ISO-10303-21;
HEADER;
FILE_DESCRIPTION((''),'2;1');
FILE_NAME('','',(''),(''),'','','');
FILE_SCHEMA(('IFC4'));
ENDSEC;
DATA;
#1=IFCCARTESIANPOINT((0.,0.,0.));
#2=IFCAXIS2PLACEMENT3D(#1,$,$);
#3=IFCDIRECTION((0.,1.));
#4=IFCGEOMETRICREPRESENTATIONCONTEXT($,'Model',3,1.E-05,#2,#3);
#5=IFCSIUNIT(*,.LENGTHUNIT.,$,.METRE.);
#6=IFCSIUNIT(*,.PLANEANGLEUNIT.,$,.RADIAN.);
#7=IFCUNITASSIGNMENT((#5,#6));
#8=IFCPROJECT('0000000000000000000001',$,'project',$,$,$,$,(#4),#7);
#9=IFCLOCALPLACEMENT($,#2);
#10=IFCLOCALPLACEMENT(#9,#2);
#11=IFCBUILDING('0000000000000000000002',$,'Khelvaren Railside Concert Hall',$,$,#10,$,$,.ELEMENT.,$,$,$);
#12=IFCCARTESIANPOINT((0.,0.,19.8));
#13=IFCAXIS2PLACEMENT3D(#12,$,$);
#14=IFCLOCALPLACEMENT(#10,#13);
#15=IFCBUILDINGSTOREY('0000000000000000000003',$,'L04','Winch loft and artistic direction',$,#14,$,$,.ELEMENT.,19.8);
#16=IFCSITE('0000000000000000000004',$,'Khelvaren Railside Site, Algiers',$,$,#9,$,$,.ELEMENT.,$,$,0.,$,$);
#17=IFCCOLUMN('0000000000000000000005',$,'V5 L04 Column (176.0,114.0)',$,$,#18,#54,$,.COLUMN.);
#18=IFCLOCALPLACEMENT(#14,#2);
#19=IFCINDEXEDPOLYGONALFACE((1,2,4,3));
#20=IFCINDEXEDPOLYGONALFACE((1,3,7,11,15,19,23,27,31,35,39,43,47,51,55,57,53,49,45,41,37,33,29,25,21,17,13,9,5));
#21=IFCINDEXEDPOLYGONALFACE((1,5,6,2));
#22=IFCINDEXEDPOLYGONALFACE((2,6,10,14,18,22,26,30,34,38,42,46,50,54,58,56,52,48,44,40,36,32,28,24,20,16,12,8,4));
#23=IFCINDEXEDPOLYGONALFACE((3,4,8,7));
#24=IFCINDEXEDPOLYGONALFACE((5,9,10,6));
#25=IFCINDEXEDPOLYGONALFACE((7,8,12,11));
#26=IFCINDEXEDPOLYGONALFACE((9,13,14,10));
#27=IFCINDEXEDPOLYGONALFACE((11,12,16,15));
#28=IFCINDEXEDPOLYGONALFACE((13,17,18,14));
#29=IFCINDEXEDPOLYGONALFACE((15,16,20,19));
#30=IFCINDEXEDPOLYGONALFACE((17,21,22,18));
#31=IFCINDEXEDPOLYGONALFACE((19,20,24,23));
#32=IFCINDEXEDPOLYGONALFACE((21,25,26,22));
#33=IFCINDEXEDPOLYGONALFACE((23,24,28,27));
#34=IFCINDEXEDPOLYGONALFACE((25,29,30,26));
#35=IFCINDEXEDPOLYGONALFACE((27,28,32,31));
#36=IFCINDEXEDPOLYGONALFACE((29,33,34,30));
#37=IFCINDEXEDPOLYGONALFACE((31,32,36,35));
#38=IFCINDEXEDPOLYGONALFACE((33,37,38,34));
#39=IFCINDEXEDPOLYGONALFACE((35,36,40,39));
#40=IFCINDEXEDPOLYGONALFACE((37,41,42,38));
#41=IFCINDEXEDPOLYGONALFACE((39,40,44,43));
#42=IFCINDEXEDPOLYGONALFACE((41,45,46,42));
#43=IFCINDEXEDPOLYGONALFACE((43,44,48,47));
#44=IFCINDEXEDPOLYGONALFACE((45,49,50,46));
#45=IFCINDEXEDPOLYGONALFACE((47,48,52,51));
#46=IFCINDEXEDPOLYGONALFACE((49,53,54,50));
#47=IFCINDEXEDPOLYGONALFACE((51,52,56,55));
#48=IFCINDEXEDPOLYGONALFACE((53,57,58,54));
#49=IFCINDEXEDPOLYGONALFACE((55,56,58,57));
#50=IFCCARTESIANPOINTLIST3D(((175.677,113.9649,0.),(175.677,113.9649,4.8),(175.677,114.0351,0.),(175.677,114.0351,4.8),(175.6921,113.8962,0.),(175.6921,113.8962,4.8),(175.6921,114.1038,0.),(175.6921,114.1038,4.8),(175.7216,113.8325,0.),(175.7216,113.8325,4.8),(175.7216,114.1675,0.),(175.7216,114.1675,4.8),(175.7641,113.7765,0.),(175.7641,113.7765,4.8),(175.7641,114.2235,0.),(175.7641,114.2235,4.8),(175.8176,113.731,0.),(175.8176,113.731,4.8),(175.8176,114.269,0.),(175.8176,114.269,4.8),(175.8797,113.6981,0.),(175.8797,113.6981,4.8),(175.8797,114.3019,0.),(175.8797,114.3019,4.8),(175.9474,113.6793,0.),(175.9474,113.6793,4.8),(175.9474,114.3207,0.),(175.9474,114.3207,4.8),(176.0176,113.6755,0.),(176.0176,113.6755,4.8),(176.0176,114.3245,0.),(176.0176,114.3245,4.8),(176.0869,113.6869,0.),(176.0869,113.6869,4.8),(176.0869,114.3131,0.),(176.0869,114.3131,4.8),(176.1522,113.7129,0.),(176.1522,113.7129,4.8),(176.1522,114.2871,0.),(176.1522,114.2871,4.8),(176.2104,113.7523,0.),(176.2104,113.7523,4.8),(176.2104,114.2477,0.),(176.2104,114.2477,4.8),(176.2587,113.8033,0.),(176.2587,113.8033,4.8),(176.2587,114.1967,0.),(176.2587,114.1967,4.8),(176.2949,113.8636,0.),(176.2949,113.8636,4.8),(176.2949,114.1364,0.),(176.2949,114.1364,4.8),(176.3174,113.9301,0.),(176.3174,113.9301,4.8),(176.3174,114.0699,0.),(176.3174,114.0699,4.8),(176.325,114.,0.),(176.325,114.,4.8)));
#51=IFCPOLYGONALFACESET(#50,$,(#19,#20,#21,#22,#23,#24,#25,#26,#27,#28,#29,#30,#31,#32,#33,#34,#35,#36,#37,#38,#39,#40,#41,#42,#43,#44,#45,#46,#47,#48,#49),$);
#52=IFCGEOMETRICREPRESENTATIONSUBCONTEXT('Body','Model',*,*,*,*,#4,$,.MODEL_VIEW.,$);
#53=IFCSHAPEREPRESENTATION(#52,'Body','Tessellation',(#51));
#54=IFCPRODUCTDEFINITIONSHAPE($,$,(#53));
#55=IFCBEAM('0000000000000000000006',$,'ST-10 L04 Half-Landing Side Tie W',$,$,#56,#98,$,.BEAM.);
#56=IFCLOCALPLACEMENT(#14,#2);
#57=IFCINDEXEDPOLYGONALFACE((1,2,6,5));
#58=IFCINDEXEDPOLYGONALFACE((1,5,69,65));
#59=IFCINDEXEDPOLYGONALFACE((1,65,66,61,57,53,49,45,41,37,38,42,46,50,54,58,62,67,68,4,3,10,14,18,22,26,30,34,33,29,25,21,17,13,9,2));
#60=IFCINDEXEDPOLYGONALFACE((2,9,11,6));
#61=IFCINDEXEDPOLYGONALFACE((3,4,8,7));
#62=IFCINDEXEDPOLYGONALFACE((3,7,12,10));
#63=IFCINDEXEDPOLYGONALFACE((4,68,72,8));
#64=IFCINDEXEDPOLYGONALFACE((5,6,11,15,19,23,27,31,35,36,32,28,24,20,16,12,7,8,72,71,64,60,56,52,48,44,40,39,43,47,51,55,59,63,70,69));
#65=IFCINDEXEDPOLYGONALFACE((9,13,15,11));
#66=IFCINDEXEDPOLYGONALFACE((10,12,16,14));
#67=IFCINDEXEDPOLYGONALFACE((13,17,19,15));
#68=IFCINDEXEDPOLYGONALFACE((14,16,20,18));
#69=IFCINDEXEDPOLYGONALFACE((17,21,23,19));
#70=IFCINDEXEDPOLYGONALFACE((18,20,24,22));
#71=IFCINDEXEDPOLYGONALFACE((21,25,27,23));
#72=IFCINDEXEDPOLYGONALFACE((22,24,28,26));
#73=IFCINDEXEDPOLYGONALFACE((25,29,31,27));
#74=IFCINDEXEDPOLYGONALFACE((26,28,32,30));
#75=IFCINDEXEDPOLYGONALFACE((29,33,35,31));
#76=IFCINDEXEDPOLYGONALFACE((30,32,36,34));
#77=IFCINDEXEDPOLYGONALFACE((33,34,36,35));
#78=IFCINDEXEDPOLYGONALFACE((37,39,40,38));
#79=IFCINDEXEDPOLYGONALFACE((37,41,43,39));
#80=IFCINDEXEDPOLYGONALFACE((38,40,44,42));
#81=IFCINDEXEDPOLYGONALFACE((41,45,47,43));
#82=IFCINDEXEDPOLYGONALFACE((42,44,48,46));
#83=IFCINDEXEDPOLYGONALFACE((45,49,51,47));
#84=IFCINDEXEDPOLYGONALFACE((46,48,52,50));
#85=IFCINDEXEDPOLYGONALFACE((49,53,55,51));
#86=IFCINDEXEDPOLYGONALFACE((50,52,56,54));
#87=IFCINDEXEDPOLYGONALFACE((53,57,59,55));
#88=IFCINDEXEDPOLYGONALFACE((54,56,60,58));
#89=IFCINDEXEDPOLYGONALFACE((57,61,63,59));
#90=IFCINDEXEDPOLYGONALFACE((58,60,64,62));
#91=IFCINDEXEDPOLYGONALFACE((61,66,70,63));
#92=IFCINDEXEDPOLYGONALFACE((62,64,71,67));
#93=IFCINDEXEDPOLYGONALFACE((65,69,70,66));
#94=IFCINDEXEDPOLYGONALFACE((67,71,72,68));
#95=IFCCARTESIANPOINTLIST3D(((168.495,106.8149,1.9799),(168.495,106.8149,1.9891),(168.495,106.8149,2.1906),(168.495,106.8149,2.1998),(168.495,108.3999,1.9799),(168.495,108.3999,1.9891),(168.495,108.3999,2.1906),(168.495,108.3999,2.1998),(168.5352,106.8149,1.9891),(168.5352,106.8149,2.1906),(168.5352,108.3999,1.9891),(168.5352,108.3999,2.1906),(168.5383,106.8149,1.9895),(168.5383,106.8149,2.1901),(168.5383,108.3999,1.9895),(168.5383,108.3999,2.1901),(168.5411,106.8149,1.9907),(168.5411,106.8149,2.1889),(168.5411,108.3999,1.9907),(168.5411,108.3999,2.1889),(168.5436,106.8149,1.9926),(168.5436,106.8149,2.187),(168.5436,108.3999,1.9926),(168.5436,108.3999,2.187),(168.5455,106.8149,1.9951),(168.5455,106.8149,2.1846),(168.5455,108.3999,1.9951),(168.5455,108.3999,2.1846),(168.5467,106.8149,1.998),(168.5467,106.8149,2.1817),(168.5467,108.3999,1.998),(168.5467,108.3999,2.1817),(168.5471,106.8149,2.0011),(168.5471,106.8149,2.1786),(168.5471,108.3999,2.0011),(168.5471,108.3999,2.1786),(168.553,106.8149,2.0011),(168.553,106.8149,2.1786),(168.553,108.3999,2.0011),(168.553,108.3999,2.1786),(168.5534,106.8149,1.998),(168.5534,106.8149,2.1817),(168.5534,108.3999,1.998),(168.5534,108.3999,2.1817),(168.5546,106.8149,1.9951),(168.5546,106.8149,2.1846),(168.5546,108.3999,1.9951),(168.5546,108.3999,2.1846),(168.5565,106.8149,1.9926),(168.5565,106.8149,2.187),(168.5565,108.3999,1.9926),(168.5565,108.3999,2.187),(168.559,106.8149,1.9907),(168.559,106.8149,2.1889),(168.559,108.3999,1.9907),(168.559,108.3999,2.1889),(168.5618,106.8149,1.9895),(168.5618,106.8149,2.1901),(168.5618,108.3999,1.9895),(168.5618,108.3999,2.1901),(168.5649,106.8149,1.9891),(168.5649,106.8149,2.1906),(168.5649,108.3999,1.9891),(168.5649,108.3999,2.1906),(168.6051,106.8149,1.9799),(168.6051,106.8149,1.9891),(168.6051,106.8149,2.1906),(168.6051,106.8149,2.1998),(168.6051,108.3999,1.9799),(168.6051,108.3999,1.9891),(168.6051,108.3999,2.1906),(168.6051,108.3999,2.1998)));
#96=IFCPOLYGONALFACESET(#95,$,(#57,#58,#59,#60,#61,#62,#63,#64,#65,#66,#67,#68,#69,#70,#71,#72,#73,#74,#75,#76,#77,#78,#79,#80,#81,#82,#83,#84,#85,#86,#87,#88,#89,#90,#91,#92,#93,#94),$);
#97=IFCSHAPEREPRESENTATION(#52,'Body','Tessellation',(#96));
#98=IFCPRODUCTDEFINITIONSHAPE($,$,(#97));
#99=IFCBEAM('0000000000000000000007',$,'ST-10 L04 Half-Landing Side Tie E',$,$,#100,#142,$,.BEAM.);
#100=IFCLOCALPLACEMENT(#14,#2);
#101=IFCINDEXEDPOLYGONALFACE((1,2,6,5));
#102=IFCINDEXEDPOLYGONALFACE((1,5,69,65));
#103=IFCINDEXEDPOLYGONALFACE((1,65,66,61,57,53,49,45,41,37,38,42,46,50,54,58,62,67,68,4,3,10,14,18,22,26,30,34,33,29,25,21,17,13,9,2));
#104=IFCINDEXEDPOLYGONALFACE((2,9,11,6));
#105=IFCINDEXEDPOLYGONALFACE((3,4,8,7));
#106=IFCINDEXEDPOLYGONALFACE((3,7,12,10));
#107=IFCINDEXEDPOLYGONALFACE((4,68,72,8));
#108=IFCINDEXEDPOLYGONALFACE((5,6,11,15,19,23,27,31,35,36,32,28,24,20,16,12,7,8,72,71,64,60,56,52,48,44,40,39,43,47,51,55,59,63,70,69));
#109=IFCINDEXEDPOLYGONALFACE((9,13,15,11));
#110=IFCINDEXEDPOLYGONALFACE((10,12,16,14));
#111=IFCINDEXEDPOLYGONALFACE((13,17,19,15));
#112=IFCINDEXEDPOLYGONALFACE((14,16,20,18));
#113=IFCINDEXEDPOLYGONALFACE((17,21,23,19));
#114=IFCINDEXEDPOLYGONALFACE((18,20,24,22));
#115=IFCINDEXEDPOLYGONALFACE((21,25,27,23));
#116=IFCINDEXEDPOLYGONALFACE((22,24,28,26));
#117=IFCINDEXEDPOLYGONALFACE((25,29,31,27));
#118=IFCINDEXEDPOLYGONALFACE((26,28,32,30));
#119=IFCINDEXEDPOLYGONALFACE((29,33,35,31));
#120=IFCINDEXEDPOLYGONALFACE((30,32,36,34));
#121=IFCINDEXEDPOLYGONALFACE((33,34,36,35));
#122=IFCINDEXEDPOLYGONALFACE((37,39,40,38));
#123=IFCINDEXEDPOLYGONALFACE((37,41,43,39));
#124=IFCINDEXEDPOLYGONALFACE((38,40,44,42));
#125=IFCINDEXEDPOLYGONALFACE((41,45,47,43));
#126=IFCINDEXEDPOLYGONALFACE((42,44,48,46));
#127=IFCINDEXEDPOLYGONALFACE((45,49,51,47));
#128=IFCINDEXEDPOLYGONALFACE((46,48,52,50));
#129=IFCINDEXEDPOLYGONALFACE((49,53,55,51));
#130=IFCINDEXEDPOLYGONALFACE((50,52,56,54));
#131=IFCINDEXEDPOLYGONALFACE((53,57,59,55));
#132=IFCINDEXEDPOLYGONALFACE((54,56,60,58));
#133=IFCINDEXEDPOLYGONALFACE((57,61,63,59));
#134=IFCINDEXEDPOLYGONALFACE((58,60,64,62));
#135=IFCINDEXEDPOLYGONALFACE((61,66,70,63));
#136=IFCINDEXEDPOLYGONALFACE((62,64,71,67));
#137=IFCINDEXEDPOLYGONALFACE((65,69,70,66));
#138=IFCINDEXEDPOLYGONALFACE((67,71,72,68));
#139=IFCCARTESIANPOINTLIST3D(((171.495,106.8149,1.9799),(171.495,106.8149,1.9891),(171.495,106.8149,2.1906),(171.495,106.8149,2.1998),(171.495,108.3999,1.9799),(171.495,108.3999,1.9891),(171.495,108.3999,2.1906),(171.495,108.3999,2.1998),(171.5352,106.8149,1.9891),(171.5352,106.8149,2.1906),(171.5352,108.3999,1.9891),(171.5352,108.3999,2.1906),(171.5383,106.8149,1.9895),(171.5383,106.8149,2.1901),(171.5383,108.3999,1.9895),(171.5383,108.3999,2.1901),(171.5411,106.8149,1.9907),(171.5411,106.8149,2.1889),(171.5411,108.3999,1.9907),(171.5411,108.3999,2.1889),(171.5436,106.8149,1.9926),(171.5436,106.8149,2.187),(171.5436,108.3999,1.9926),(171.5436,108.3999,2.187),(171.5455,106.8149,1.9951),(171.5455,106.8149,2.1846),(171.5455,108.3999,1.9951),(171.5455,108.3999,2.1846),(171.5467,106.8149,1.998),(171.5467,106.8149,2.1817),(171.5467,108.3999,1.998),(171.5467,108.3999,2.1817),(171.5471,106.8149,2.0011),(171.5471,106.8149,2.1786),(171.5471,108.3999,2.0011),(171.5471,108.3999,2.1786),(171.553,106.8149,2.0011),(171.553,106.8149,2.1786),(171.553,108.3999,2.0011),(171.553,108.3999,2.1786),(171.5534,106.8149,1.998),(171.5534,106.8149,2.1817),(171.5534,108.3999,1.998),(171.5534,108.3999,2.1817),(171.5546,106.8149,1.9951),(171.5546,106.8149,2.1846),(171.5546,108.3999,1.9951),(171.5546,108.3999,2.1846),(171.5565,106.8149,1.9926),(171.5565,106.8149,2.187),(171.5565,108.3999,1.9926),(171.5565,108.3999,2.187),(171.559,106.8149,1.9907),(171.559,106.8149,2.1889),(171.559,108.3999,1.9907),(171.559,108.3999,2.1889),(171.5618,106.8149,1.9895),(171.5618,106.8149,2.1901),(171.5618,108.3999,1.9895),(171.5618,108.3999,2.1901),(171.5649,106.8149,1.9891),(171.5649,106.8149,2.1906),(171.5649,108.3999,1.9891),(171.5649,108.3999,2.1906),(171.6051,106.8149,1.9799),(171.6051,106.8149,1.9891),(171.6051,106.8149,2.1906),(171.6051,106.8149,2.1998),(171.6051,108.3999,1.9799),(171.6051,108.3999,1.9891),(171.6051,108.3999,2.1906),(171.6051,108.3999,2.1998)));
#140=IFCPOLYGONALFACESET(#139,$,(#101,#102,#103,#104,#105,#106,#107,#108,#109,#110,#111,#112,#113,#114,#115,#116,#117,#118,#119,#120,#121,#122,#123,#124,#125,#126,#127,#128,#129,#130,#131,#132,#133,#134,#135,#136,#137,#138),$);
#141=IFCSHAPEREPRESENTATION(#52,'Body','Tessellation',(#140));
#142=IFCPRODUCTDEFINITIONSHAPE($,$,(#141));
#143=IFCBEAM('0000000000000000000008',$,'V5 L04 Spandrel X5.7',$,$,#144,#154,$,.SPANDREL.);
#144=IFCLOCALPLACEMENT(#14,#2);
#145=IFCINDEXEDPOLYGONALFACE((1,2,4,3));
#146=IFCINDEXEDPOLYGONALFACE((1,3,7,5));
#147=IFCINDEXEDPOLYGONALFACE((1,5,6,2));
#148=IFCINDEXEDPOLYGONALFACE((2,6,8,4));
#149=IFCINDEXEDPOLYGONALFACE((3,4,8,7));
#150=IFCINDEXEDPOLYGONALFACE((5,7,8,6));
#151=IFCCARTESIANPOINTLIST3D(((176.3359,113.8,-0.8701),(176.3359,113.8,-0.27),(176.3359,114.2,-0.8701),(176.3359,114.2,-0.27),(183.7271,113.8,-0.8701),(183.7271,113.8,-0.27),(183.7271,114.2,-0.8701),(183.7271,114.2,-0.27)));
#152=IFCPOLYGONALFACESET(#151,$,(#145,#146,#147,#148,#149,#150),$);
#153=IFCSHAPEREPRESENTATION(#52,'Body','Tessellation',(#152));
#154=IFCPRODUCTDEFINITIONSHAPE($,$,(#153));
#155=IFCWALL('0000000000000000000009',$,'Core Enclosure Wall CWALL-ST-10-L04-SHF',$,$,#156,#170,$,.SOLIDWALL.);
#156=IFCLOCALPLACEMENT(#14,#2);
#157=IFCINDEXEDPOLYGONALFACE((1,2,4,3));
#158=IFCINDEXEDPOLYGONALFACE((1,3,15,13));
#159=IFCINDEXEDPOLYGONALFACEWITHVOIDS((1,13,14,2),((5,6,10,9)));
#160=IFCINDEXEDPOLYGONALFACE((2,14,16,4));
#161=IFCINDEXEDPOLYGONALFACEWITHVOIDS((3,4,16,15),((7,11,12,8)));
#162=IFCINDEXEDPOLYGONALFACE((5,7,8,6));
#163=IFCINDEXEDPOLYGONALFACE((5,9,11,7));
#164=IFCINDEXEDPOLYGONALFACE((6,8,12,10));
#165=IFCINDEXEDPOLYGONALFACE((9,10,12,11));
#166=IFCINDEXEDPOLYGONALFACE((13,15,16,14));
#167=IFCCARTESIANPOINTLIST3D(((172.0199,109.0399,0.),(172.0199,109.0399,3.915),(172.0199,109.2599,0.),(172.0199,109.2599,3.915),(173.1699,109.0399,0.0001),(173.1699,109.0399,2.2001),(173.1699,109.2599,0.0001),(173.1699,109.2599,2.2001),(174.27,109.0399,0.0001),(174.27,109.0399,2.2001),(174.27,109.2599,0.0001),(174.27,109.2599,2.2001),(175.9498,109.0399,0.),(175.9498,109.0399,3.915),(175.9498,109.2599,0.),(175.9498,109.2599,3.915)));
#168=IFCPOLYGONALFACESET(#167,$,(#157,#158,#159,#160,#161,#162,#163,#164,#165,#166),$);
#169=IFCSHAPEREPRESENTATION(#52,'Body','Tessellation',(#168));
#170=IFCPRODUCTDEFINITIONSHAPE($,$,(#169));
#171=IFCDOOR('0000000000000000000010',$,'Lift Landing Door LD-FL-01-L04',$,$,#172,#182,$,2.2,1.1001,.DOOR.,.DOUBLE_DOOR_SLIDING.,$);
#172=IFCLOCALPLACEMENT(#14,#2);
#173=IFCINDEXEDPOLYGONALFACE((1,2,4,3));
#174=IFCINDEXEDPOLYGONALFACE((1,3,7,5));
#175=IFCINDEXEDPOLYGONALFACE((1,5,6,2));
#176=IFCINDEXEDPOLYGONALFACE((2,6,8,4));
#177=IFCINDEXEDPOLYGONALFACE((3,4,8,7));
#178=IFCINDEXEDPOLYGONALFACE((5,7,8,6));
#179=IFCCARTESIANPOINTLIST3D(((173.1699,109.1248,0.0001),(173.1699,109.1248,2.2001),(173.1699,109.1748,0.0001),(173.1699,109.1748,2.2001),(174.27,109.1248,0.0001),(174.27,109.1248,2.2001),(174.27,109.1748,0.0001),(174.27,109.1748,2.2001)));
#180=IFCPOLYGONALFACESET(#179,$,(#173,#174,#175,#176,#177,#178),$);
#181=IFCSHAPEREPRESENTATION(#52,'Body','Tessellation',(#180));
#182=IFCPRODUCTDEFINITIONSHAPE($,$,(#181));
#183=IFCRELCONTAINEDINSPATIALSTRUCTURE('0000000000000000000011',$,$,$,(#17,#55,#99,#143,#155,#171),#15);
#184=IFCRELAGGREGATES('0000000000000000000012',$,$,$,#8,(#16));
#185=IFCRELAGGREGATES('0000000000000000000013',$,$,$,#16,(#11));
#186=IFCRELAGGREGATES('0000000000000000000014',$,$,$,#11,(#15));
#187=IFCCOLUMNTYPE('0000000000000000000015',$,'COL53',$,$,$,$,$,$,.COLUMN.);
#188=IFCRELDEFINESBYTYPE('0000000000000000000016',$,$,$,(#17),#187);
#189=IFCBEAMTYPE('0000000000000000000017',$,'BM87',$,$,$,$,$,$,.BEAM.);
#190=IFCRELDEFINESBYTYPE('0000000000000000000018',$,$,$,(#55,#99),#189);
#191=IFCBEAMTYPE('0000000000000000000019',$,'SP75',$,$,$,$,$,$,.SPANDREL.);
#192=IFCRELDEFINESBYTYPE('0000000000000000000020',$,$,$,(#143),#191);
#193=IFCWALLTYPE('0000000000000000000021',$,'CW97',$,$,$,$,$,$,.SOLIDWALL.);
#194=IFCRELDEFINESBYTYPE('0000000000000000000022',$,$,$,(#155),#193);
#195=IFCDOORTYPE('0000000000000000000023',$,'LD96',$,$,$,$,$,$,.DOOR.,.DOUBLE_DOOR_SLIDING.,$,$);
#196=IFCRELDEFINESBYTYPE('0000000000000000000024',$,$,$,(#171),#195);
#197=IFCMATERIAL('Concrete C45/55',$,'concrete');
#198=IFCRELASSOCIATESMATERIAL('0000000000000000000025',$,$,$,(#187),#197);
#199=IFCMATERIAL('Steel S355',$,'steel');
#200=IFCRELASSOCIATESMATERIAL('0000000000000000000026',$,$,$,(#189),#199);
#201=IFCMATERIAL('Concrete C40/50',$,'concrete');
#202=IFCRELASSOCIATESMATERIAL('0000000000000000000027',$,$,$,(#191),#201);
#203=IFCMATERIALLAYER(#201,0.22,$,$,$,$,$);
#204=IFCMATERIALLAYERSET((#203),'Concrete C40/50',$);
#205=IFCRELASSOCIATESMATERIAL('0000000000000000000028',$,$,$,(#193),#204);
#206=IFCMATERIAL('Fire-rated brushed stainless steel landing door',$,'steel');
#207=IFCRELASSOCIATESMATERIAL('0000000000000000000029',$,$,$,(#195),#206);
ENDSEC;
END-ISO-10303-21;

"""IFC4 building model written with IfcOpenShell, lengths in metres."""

from ifc_helpers import new_model, si_unit, direction, frame, frame_2d, origin, origin_2d, place, context, subcontext, project, spatial, rectangle, circle, i_section, extrude, material, layer, layer_set, material_profile, profile_set, type_object, element, fill, save


model = new_model("IFC4")

# Units and contexts
model_context = context("Model", 3, precision=1e-05, world=origin(), true_north=direction((0.0, 1.0)))
body_context = subcontext(model_context, "Body", "Model", "MODEL_VIEW")
ifc_project = project(units=[si_unit("LENGTHUNIT", "METRE"), si_unit("PLANEANGLEUNIT", "RADIAN")], contexts=[model_context])

# Site, building, storey
site_placement = place(None, origin())
site = spatial("IfcSite", under=ifc_project, at=site_placement, Name="Khelvaren Railside Site, Algiers", CompositionType="ELEMENT", RefElevation=0.0)
building_placement = place(site_placement, origin())
building = spatial("IfcBuilding", under=site, at=building_placement, Name="Khelvaren Railside Concert Hall", CompositionType="ELEMENT")
storey_placement = place(building_placement, frame((0.0, 0.0, 19.8)))
storey = spatial("IfcBuildingStorey", under=building, at=storey_placement, Name="L04", Description="Winch loft and artistic direction", CompositionType="ELEMENT", Elevation=19.8)

# Column
ifc_material_1 = material(Name="Concrete C45/55", Category="concrete")
ifc_material_profile_1 = material_profile(ifc_material_1, circle(Radius=0.325, at=origin_2d()), Name="RC D650")
ifc_profile_set_1 = profile_set([ifc_material_profile_1], Name="Concrete C45/55")
column_type = type_object("IfcColumnType", Name="COL53", PredefinedType="COLUMN", material=ifc_profile_set_1)
column_placement = place(storey_placement, frame((176.0, 114.0, 0.0), z_axis=(0.0, 0.0, 1.0), x_axis=(1.0, 0.0, 0.0)))
element("IfcColumn", 1, at=column_placement, inside=storey, type_object=column_type, Name="V5 L04 Column (176.0,114.0)", PredefinedType="COLUMN", context=body_context, shape_type="SweptSolid", body=[
    extrude(circle(Radius=0.325, at=origin_2d()), origin(), (0.0, 0.0, 1.0), 4.8),
])

# Beams
ifc_material_2 = material(Name="Steel S355", Category="steel")
ifc_material_profile_2 = material_profile(ifc_material_2, i_section(OverallWidth=0.1101, OverallDepth=0.22, WebThickness=0.0059, FlangeThickness=0.0093, FilletRadius=0.012, at=origin_2d()), Name="IPE 220")
ifc_profile_set_2 = profile_set([ifc_material_profile_2], Name="Steel S355")
beam_type_1 = type_object("IfcBeamType", Name="BM87", PredefinedType="BEAM", material=ifc_profile_set_2)
for number, where, z_axis, x_axis, name in (
    (2, (168.55, 106.8149, 2.0898), (0.0, 1.0, 0.0), (-1.0, 0.0, 0.0), "ST-10 L04 Half-Landing Side Tie W"),
    (3, (171.55, 106.8149, 2.0898), (0.0, 1.0, 0.0), (-1.0, 0.0, 0.0), "ST-10 L04 Half-Landing Side Tie E"),
):
    element("IfcBeam", number, at=place(storey_placement, frame(where, z_axis=z_axis, x_axis=x_axis)), inside=storey, type_object=beam_type_1, Name=name, PredefinedType="BEAM", context=body_context, shape_type="SweptSolid", body=[
        extrude(i_section(OverallWidth=0.1101, OverallDepth=0.22, WebThickness=0.0059, FlangeThickness=0.0093, FilletRadius=0.012, at=origin_2d()), origin(), (0.0, 0.0, 1.0), 1.585),
    ])
ifc_material_3 = material(Name="Concrete C40/50", Category="concrete")
ifc_material_profile_3 = material_profile(ifc_material_3, rectangle(XDim=0.3999, YDim=0.6001, at=origin_2d()), Name="RCB 400x600")
ifc_profile_set_3 = profile_set([ifc_material_profile_3], Name="Concrete C40/50")
beam_type_2 = type_object("IfcBeamType", Name="SP75", PredefinedType="SPANDREL", material=ifc_profile_set_3)
beam_placement = place(storey_placement, frame((176.3359, 114.0, -0.5701), z_axis=(1.0, 0.0, 0.0), x_axis=(0.0, 1.0, 0.0)))
element("IfcBeam", 4, at=beam_placement, inside=storey, type_object=beam_type_2, Name="V5 L04 Spandrel X5.7", PredefinedType="SPANDREL", context=body_context, shape_type="SweptSolid", body=[
    extrude(rectangle(XDim=0.3999, YDim=0.6001, at=origin_2d()), origin(), (0.0, 0.0, 1.0), 7.3911),
])

# Wall, opening, door
ifc_layer_1 = layer(ifc_material_3, 0.22)
ifc_layer_set_1 = layer_set([ifc_layer_1], Name="Concrete C40/50")
wall_type_1 = type_object("IfcWallType", Name="CW97", PredefinedType="SOLIDWALL", material=ifc_layer_set_1)
wall_1_placement = place(storey_placement, frame((172.02, 109.1499, 0.0), z_axis=(0.0, 0.0, 1.0), x_axis=(1.0, 0.0, 0.0)))
wall_1 = element("IfcWall", 5, at=wall_1_placement, inside=storey, type_object=wall_type_1, Name="Core Enclosure Wall CWALL-ST-10-L04-SHF", PredefinedType="SOLIDWALL", context=body_context, shape_type="SweptSolid", body=[
    extrude(rectangle(XDim=3.9299, YDim=0.22, at=frame_2d((1.9648, 0.0))), origin(), (0.0, 0.0, 1.0), 3.915),
])
opening_1_placement = place(wall_1_placement, frame((1.1499, 0.0, 0.0)))
opening_1 = element("IfcOpeningElement", 6, at=opening_1_placement, cuts=wall_1, PredefinedType="OPENING", context=body_context, shape_type="SweptSolid", body=[
    extrude(rectangle(XDim=1.1001, YDim=2.2, at=frame_2d((0.55, 1.1001))), frame((0.0, 0.1199, 0.0), z_axis=(0.0, -1.0, 0.0), x_axis=(1.0, 0.0, 0.0)), (0.0, 0.0, 1.0), 0.24),
])
ifc_material_4 = material(Name="Fire-rated brushed stainless steel landing door", Category="steel")
door_type = type_object("IfcDoorType", Name="LD96", OperationType="DOUBLE_DOOR_SLIDING", PredefinedType="DOOR", material=ifc_material_4)
door_placement = place(opening_1_placement, origin())
door = element("IfcDoor", 7, at=door_placement, inside=storey, type_object=door_type, Name="Lift Landing Door LD-FL-01-L04", OperationType="DOUBLE_DOOR_SLIDING", OverallHeight=2.2, OverallWidth=1.1001, PredefinedType="DOOR", context=body_context, shape_type="SweptSolid", body=[
    extrude(rectangle(XDim=1.1001, YDim=2.2, at=frame_2d((0.55, 1.1001))), frame((0.0, 0.0249, 0.0), z_axis=(0.0, -1.0, 0.0), x_axis=(1.0, 0.0, 0.0)), (0.0, 0.0, 1.0), 0.05),
])
fill(opening_1, door)

save(model, "model.ifc")
